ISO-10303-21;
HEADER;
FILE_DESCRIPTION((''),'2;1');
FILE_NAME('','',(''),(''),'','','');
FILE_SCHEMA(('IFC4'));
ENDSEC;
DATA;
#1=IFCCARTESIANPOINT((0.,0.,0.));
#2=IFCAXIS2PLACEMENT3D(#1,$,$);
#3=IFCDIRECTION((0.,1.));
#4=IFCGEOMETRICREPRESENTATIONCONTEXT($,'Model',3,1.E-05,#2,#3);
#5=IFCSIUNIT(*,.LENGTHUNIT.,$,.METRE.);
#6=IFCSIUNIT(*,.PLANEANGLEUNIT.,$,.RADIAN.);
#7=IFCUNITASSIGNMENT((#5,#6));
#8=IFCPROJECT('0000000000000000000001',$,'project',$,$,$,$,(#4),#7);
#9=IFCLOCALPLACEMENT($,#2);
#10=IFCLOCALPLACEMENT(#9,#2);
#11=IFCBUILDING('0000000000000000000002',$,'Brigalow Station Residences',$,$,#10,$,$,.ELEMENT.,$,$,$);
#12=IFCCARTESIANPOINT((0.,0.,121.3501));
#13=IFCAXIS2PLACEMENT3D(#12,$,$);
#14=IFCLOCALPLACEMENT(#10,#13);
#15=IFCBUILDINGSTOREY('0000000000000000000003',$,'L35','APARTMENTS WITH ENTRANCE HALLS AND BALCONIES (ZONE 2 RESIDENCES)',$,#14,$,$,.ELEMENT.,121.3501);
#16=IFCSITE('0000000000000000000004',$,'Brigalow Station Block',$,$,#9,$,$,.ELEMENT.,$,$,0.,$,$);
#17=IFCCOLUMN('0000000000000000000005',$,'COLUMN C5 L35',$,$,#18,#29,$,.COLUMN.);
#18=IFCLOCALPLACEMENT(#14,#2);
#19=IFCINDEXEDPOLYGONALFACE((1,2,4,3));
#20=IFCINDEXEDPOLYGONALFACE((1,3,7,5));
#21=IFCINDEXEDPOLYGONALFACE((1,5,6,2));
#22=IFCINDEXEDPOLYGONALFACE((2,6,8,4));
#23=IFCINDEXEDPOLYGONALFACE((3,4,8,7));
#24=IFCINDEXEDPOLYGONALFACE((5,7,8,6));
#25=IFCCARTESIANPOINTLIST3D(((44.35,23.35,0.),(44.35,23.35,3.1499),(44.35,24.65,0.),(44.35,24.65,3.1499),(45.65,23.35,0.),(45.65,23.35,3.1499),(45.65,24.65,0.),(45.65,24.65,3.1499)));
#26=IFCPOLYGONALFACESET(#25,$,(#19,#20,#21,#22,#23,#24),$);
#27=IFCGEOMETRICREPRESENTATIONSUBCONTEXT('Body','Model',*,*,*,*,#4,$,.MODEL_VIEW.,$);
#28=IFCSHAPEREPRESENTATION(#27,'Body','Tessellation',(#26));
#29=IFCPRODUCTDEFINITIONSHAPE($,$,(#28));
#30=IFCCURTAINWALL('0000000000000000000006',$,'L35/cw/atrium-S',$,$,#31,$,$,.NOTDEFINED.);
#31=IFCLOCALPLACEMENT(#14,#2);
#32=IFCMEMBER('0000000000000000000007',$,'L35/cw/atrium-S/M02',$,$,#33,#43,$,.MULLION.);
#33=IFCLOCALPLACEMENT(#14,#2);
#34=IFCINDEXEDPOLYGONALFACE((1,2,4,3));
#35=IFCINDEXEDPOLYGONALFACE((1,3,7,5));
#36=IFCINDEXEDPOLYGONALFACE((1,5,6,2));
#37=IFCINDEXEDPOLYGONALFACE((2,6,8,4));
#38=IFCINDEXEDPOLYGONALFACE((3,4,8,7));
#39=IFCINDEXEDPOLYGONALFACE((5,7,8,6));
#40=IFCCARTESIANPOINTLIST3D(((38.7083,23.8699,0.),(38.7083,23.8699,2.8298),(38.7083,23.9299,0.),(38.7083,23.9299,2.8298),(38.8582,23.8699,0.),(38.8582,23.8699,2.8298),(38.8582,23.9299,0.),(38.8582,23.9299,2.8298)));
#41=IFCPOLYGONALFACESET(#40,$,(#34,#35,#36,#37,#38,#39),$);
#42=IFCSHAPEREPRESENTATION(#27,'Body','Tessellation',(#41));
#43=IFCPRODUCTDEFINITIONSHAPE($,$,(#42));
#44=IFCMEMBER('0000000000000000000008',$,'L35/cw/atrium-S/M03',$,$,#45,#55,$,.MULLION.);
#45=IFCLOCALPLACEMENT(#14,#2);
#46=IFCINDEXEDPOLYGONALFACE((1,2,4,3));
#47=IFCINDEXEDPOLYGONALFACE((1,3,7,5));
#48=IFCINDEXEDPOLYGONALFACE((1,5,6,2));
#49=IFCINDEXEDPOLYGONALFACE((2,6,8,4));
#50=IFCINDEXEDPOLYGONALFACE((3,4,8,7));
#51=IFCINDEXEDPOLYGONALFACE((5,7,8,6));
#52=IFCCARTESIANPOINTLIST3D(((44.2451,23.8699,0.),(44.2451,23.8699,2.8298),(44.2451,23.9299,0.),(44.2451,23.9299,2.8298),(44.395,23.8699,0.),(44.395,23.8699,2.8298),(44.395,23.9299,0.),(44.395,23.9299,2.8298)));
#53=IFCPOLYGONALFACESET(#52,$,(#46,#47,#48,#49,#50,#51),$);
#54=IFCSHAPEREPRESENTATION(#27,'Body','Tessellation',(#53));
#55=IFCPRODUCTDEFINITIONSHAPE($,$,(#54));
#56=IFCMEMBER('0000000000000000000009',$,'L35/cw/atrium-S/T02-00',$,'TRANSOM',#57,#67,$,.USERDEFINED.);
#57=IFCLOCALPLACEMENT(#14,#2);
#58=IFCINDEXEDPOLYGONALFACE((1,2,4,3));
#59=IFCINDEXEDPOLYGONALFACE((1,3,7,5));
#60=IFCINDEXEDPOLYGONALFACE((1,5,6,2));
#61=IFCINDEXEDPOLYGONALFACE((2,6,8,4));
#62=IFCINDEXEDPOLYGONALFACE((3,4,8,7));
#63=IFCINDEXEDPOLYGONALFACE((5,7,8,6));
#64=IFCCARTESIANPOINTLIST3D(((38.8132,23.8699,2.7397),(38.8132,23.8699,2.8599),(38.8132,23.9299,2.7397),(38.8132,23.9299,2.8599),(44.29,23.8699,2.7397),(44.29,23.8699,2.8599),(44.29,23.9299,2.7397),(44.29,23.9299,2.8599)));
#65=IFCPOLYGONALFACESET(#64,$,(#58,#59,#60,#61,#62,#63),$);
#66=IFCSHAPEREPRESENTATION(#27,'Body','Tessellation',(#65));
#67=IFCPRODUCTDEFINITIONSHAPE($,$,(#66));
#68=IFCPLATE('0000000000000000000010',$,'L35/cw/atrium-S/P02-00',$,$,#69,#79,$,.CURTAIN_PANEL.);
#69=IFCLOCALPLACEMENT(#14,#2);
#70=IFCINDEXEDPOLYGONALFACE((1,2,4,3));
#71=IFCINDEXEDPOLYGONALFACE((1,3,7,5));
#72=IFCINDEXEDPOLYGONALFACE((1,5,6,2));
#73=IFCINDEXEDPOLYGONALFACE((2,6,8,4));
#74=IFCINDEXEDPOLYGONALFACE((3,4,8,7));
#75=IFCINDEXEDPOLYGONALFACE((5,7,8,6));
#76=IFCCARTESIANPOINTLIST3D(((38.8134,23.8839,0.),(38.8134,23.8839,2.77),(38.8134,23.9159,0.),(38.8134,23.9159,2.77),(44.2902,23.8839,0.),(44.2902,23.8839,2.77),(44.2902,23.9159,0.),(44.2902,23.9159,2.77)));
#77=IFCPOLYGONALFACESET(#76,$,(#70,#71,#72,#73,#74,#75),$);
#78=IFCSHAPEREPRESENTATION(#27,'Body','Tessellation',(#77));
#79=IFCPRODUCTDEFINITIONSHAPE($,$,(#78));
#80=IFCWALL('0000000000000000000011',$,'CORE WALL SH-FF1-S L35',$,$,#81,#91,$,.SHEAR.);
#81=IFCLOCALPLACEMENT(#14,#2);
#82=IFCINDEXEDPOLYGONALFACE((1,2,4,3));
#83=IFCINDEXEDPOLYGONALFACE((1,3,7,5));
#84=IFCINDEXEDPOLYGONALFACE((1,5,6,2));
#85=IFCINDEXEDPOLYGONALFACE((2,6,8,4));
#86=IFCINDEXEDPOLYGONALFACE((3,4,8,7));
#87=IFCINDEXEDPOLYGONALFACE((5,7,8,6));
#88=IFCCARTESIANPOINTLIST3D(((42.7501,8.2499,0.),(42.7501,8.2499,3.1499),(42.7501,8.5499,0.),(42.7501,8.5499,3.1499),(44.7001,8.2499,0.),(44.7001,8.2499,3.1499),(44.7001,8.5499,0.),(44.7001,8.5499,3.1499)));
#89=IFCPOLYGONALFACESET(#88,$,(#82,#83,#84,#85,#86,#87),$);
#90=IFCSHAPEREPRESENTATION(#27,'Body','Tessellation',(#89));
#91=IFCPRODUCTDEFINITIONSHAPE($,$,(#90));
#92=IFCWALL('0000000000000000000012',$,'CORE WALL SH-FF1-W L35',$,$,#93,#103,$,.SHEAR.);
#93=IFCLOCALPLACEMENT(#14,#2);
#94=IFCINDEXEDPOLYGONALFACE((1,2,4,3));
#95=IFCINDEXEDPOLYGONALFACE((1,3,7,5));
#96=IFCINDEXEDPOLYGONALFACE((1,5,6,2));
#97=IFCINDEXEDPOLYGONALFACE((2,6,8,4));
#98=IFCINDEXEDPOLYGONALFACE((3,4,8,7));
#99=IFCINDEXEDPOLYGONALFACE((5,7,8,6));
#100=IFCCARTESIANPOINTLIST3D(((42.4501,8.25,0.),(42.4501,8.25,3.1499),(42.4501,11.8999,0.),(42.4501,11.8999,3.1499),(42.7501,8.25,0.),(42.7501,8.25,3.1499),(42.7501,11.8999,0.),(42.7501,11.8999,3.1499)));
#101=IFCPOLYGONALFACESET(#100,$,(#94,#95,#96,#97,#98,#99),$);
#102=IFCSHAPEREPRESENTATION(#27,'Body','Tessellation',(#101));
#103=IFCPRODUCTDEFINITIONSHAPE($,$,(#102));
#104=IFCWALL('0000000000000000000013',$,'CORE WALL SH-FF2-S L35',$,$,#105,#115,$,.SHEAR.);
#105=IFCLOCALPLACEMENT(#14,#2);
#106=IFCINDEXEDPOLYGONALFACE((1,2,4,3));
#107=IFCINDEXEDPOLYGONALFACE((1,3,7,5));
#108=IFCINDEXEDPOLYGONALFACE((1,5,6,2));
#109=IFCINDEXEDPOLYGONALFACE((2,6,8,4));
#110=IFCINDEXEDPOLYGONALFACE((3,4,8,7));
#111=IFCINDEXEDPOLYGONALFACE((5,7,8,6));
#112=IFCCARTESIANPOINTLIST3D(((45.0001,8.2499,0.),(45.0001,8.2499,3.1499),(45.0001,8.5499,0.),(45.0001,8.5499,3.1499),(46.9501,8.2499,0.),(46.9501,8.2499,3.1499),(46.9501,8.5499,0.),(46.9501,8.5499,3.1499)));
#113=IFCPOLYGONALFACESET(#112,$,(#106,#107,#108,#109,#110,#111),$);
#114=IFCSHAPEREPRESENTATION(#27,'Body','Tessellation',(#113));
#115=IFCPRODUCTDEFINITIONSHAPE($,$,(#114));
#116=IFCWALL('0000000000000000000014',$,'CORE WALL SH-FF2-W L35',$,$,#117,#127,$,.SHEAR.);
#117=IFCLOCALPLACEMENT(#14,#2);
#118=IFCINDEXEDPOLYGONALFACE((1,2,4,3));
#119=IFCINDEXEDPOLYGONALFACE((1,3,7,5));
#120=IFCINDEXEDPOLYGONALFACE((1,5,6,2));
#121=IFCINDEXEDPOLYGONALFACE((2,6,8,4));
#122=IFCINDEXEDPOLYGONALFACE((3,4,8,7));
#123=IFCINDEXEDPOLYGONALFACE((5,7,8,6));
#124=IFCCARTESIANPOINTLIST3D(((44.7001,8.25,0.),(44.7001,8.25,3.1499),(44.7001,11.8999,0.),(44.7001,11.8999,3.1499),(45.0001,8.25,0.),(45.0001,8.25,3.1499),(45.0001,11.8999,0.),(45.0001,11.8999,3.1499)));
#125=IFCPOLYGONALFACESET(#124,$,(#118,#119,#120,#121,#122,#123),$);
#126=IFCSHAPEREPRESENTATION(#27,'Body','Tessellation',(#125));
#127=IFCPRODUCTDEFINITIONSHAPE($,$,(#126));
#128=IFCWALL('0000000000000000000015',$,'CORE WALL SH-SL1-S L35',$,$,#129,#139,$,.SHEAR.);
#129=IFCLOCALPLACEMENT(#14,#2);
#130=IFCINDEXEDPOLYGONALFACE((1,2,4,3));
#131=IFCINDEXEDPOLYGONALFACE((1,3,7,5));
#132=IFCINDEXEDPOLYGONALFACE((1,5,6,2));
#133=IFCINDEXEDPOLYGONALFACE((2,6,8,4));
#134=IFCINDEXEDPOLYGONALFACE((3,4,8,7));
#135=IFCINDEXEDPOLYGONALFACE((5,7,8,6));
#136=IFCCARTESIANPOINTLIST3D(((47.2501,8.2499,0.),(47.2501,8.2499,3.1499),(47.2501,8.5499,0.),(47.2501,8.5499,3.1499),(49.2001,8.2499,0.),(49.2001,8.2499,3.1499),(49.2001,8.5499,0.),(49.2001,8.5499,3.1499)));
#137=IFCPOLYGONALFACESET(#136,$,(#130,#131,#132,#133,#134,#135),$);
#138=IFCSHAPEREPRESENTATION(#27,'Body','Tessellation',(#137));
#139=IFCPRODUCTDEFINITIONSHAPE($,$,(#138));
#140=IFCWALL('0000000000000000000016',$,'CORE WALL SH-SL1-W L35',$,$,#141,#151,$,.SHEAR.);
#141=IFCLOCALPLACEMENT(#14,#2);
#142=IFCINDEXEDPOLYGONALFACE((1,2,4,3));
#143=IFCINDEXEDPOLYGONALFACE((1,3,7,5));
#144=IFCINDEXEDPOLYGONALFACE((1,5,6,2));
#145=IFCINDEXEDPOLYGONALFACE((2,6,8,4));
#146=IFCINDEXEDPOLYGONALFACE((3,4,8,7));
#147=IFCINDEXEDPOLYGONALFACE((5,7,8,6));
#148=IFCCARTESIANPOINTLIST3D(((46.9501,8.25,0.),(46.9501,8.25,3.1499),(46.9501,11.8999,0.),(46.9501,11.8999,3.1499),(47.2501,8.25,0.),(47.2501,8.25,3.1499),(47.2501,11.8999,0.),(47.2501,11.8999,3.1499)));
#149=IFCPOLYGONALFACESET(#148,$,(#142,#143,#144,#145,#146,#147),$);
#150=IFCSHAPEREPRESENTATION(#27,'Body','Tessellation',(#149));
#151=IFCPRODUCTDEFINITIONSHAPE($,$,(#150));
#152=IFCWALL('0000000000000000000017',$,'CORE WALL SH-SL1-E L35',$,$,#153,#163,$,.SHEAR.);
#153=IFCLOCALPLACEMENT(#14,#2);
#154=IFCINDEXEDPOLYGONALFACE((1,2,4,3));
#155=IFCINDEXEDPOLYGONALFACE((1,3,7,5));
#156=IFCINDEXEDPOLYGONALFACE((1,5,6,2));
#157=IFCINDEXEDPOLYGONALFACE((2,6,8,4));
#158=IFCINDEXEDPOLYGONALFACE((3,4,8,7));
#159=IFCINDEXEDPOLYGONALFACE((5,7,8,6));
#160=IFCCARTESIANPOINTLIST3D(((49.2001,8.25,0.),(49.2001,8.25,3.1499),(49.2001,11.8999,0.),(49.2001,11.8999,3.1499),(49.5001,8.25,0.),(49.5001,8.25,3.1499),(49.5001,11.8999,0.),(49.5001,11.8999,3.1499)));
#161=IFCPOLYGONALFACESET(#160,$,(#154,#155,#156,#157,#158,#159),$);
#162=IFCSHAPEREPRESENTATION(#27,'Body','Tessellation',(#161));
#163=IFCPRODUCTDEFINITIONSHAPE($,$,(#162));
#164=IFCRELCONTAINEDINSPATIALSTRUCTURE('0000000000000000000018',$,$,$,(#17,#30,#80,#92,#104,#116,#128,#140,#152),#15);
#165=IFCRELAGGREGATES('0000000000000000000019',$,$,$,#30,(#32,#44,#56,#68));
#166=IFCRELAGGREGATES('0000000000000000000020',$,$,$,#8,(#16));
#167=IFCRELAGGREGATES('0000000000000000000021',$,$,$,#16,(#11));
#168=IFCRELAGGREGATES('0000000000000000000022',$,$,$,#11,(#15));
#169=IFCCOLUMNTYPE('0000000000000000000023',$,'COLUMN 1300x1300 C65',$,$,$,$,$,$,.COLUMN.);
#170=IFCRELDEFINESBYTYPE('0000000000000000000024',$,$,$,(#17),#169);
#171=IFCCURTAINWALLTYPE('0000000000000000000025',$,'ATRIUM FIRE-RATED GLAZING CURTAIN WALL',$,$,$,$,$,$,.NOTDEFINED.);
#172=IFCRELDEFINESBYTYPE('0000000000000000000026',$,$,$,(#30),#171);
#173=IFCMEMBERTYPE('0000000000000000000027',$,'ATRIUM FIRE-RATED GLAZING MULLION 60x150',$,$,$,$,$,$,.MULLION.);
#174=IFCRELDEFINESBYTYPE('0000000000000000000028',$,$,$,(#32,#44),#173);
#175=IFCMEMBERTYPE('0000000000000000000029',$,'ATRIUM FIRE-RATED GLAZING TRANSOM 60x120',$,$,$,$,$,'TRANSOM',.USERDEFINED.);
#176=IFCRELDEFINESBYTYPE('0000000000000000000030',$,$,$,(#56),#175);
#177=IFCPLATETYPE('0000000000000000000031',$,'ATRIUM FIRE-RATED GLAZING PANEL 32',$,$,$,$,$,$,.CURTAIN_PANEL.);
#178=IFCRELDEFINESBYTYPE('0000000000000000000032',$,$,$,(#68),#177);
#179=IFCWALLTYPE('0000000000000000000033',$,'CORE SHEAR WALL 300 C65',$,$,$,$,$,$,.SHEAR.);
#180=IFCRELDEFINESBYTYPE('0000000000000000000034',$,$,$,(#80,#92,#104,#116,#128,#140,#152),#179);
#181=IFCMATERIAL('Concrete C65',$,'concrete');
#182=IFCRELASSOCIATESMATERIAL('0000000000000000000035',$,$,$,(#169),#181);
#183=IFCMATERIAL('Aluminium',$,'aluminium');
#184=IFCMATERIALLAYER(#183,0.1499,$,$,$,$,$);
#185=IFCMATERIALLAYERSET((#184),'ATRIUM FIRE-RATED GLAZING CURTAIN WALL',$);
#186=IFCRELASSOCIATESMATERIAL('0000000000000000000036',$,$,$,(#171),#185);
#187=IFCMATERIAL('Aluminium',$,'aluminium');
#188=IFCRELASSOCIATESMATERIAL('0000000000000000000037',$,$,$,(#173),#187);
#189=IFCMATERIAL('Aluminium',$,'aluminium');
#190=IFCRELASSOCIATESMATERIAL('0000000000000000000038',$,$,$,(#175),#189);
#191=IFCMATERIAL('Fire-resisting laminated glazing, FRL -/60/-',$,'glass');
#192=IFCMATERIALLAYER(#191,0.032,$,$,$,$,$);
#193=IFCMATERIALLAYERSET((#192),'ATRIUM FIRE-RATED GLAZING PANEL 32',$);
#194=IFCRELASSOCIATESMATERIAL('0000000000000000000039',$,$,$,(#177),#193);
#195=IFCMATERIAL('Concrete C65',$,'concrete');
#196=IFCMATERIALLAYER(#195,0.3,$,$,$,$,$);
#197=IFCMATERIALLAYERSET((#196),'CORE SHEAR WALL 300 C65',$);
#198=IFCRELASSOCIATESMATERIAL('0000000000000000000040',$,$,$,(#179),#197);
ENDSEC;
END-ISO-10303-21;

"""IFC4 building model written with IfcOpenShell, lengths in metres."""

from ifc_helpers import new_model, si_unit, direction, frame, frame_2d, origin, origin_2d, place, context, subcontext, project, spatial, rectangle, extrude, material, layer, layer_set, material_profile, profile_set, type_object, element, aggregate, save


model = new_model("IFC4")

# Units and contexts
model_context = context("Model", 3, precision=1e-05, world=origin(), true_north=direction((0.0, 1.0)))
body_context = subcontext(model_context, "Body", "Model", "MODEL_VIEW")
ifc_project = project(units=[si_unit("LENGTHUNIT", "METRE"), si_unit("PLANEANGLEUNIT", "RADIAN")], contexts=[model_context])

# Site, building, storey
site_placement = place(None, origin())
site = spatial("IfcSite", under=ifc_project, at=site_placement, Name="Brigalow Station Block", CompositionType="ELEMENT", RefElevation=0.0)
building_placement = place(site_placement, origin())
building = spatial("IfcBuilding", under=site, at=building_placement, Name="Brigalow Station Residences", CompositionType="ELEMENT")
storey_placement = place(building_placement, frame((0.0, 0.0, 121.3501)))
storey = spatial("IfcBuildingStorey", under=building, at=storey_placement, Name="L35", Description="APARTMENTS WITH ENTRANCE HALLS AND BALCONIES (ZONE 2 RESIDENCES)", CompositionType="ELEMENT", Elevation=121.3501)

# Column
ifc_material_1 = material(Name="Concrete C65", Category="concrete")
ifc_material_profile_1 = material_profile(ifc_material_1, rectangle(XDim=1.3, YDim=1.3, at=origin_2d()), Name="RC1300x1300")
ifc_profile_set_1 = profile_set([ifc_material_profile_1], Name="Concrete C65")
column_type = type_object("IfcColumnType", Name="COLUMN 1300x1300 C65", PredefinedType="COLUMN", material=ifc_profile_set_1)
column_placement = place(storey_placement, frame((45.0, 24.0, 0.0), z_axis=(0.0, 0.0, 1.0), x_axis=(1.0, 0.0, 0.0)))
element("IfcColumn", 1, at=column_placement, inside=storey, type_object=column_type, Name="COLUMN C5 L35", PredefinedType="COLUMN", context=body_context, shape_type="SweptSolid", body=[
    extrude(rectangle(XDim=1.3, YDim=1.3, at=origin_2d()), origin(), (0.0, 0.0, 1.0), 3.1499),
])

# Curtain wall, members, plate
ifc_material_2 = material(Name="Aluminium", Category="aluminium")
ifc_layer_1 = layer(ifc_material_2, 0.1499)
ifc_layer_set_1 = layer_set([ifc_layer_1], Name="ATRIUM FIRE-RATED GLAZING CURTAIN WALL")
curtain_wall_type = type_object("IfcCurtainWallType", Name="ATRIUM FIRE-RATED GLAZING CURTAIN WALL", PredefinedType="NOTDEFINED", material=ifc_layer_set_1)
curtain_wall_placement = place(storey_placement, origin())
curtain_wall = element("IfcCurtainWall", 2, at=curtain_wall_placement, inside=storey, type_object=curtain_wall_type, Name="L35/cw/atrium-S", PredefinedType="NOTDEFINED")
ifc_material_3 = material(Name="Aluminium", Category="aluminium")
ifc_material_profile_2 = material_profile(ifc_material_3, rectangle(XDim=0.0601, YDim=0.1499, at=origin_2d()), Name="ATRIUM FIRE-RATED GLAZING MULLION 60x150")
ifc_profile_set_2 = profile_set([ifc_material_profile_2], Name="Aluminium")
member_type_1 = type_object("IfcMemberType", Name="ATRIUM FIRE-RATED GLAZING MULLION 60x150", PredefinedType="MULLION", material=ifc_profile_set_2)
member_1_placement = place(storey_placement, frame((38.7832, 23.8999, 0.0), z_axis=(0.0, 0.0, 1.0), x_axis=(0.0, 1.0, 0.0)))
member_1 = element("IfcMember", 3, at=member_1_placement, type_object=member_type_1, Name="L35/cw/atrium-S/M02", PredefinedType="MULLION", context=body_context, shape_type="SweptSolid", body=[
    extrude(rectangle(XDim=0.0601, YDim=0.1499, at=origin_2d()), origin(), (0.0, 0.0, 1.0), 2.8298),
])
member_2_placement = place(storey_placement, frame((44.3201, 23.8999, 0.0), z_axis=(0.0, 0.0, 1.0), x_axis=(0.0, 1.0, 0.0)))
member_2 = element("IfcMember", 4, at=member_2_placement, type_object=member_type_1, Name="L35/cw/atrium-S/M03", PredefinedType="MULLION", context=body_context, shape_type="SweptSolid", body=[
    extrude(rectangle(XDim=0.0601, YDim=0.1499, at=origin_2d()), origin(), (0.0, 0.0, 1.0), 2.8298),
])
ifc_material_4 = material(Name="Aluminium", Category="aluminium")
ifc_material_profile_3 = material_profile(ifc_material_4, rectangle(XDim=0.0601, YDim=0.1201, at=origin_2d()), Name="ATRIUM FIRE-RATED GLAZING TRANSOM 60x120")
ifc_profile_set_3 = profile_set([ifc_material_profile_3], Name="Aluminium")
member_type_2 = type_object("IfcMemberType", Name="ATRIUM FIRE-RATED GLAZING TRANSOM 60x120", ElementType="TRANSOM", PredefinedType="USERDEFINED", material=ifc_profile_set_3)
member_3_placement = place(storey_placement, frame((38.8132, 23.8999, 2.7998), z_axis=(1.0, 0.0, 0.0), x_axis=(0.0, 1.0, 0.0)))
member_3 = element("IfcMember", 5, at=member_3_placement, type_object=member_type_2, Name="L35/cw/atrium-S/T02-00", ObjectType="TRANSOM", PredefinedType="USERDEFINED", context=body_context, shape_type="SweptSolid", body=[
    extrude(rectangle(XDim=0.0601, YDim=0.1201, at=origin_2d()), origin(), (0.0, 0.0, 1.0), 5.4768),
])
ifc_material_5 = material(Name="Fire-resisting laminated glazing, FRL -/60/-", Category="glass")
ifc_layer_2 = layer(ifc_material_5, 0.032)
ifc_layer_set_2 = layer_set([ifc_layer_2], Name="ATRIUM FIRE-RATED GLAZING PANEL 32")
plate_type = type_object("IfcPlateType", Name="ATRIUM FIRE-RATED GLAZING PANEL 32", PredefinedType="CURTAIN_PANEL", material=ifc_layer_set_2)
plate_placement = place(storey_placement, frame((41.5518, 23.8999, 0.0), z_axis=(0.0, 0.0, 1.0), x_axis=(1.0, 0.0, 0.0)))
plate = element("IfcPlate", 6, at=plate_placement, type_object=plate_type, Name="L35/cw/atrium-S/P02-00", PredefinedType="CURTAIN_PANEL", context=body_context, shape_type="SweptSolid", body=[
    extrude(rectangle(XDim=5.4768, YDim=0.032, at=origin_2d()), origin(), (0.0, 0.0, 1.0), 2.77),
])
aggregate(curtain_wall, [member_1, member_2, member_3, plate])

# Walls
ifc_material_6 = material(Name="Concrete C65", Category="concrete")
ifc_layer_3 = layer(ifc_material_6, 0.3)
ifc_layer_set_3 = layer_set([ifc_layer_3], Name="CORE SHEAR WALL 300 C65")
wall_type_1 = type_object("IfcWallType", Name="CORE SHEAR WALL 300 C65", PredefinedType="SHEAR", material=ifc_layer_set_3)
wall_1_placement = place(storey_placement, frame((42.75, 8.3999, 0.0), z_axis=(0.0, 0.0, 1.0), x_axis=(1.0, 0.0, 0.0)))
element("IfcWall", 7, at=wall_1_placement, inside=storey, type_object=wall_type_1, Name="CORE WALL SH-FF1-S L35", PredefinedType="SHEAR", context=body_context, shape_type="SweptSolid", body=[
    extrude(rectangle(XDim=1.95, YDim=0.3, at=frame_2d((0.9751, 0.0))), origin(), (0.0, 0.0, 1.0), 3.1499),
])
wall_2_placement = place(storey_placement, frame((42.6001, 8.25, 0.0), z_axis=(0.0, 0.0, 1.0), x_axis=(0.0, 1.0, 0.0)))
element("IfcWall", 8, at=wall_2_placement, inside=storey, type_object=wall_type_1, Name="CORE WALL SH-FF1-W L35", PredefinedType="SHEAR", context=body_context, shape_type="SweptSolid", body=[
    extrude(rectangle(XDim=3.6499, YDim=0.3, at=frame_2d((1.825, 0.0))), origin(), (0.0, 0.0, 1.0), 3.1499),
])
wall_3_placement = place(storey_placement, frame((45.0, 8.3999, 0.0), z_axis=(0.0, 0.0, 1.0), x_axis=(1.0, 0.0, 0.0)))
element("IfcWall", 9, at=wall_3_placement, inside=storey, type_object=wall_type_1, Name="CORE WALL SH-FF2-S L35", PredefinedType="SHEAR", context=body_context, shape_type="SweptSolid", body=[
    extrude(rectangle(XDim=1.95, YDim=0.3, at=frame_2d((0.9751, 0.0))), origin(), (0.0, 0.0, 1.0), 3.1499),
])
wall_4_placement = place(storey_placement, frame((44.8501, 8.25, 0.0), z_axis=(0.0, 0.0, 1.0), x_axis=(0.0, 1.0, 0.0)))
element("IfcWall", 10, at=wall_4_placement, inside=storey, type_object=wall_type_1, Name="CORE WALL SH-FF2-W L35", PredefinedType="SHEAR", context=body_context, shape_type="SweptSolid", body=[
    extrude(rectangle(XDim=3.6499, YDim=0.3, at=frame_2d((1.825, 0.0))), origin(), (0.0, 0.0, 1.0), 3.1499),
])
wall_5_placement = place(storey_placement, frame((47.25, 8.3999, 0.0), z_axis=(0.0, 0.0, 1.0), x_axis=(1.0, 0.0, 0.0)))
element("IfcWall", 11, at=wall_5_placement, inside=storey, type_object=wall_type_1, Name="CORE WALL SH-SL1-S L35", PredefinedType="SHEAR", context=body_context, shape_type="SweptSolid", body=[
    extrude(rectangle(XDim=1.95, YDim=0.3, at=frame_2d((0.9751, 0.0))), origin(), (0.0, 0.0, 1.0), 3.1499),
])
for number, where, z_axis, x_axis, name in (
    (12, (47.1001, 8.25, 0.0), (0.0, 0.0, 1.0), (0.0, 1.0, 0.0), "CORE WALL SH-SL1-W L35"),
    (13, (49.3501, 8.25, 0.0), (0.0, 0.0, 1.0), (0.0, 1.0, 0.0), "CORE WALL SH-SL1-E L35"),
):
    element("IfcWall", number, at=place(storey_placement, frame(where, z_axis=z_axis, x_axis=x_axis)), inside=storey, type_object=wall_type_1, Name=name, PredefinedType="SHEAR", context=body_context, shape_type="SweptSolid", body=[
        extrude(rectangle(XDim=3.6499, YDim=0.3, at=frame_2d((1.825, 0.0))), origin(), (0.0, 0.0, 1.0), 3.1499),
    ])

save(model, "model.ifc")
